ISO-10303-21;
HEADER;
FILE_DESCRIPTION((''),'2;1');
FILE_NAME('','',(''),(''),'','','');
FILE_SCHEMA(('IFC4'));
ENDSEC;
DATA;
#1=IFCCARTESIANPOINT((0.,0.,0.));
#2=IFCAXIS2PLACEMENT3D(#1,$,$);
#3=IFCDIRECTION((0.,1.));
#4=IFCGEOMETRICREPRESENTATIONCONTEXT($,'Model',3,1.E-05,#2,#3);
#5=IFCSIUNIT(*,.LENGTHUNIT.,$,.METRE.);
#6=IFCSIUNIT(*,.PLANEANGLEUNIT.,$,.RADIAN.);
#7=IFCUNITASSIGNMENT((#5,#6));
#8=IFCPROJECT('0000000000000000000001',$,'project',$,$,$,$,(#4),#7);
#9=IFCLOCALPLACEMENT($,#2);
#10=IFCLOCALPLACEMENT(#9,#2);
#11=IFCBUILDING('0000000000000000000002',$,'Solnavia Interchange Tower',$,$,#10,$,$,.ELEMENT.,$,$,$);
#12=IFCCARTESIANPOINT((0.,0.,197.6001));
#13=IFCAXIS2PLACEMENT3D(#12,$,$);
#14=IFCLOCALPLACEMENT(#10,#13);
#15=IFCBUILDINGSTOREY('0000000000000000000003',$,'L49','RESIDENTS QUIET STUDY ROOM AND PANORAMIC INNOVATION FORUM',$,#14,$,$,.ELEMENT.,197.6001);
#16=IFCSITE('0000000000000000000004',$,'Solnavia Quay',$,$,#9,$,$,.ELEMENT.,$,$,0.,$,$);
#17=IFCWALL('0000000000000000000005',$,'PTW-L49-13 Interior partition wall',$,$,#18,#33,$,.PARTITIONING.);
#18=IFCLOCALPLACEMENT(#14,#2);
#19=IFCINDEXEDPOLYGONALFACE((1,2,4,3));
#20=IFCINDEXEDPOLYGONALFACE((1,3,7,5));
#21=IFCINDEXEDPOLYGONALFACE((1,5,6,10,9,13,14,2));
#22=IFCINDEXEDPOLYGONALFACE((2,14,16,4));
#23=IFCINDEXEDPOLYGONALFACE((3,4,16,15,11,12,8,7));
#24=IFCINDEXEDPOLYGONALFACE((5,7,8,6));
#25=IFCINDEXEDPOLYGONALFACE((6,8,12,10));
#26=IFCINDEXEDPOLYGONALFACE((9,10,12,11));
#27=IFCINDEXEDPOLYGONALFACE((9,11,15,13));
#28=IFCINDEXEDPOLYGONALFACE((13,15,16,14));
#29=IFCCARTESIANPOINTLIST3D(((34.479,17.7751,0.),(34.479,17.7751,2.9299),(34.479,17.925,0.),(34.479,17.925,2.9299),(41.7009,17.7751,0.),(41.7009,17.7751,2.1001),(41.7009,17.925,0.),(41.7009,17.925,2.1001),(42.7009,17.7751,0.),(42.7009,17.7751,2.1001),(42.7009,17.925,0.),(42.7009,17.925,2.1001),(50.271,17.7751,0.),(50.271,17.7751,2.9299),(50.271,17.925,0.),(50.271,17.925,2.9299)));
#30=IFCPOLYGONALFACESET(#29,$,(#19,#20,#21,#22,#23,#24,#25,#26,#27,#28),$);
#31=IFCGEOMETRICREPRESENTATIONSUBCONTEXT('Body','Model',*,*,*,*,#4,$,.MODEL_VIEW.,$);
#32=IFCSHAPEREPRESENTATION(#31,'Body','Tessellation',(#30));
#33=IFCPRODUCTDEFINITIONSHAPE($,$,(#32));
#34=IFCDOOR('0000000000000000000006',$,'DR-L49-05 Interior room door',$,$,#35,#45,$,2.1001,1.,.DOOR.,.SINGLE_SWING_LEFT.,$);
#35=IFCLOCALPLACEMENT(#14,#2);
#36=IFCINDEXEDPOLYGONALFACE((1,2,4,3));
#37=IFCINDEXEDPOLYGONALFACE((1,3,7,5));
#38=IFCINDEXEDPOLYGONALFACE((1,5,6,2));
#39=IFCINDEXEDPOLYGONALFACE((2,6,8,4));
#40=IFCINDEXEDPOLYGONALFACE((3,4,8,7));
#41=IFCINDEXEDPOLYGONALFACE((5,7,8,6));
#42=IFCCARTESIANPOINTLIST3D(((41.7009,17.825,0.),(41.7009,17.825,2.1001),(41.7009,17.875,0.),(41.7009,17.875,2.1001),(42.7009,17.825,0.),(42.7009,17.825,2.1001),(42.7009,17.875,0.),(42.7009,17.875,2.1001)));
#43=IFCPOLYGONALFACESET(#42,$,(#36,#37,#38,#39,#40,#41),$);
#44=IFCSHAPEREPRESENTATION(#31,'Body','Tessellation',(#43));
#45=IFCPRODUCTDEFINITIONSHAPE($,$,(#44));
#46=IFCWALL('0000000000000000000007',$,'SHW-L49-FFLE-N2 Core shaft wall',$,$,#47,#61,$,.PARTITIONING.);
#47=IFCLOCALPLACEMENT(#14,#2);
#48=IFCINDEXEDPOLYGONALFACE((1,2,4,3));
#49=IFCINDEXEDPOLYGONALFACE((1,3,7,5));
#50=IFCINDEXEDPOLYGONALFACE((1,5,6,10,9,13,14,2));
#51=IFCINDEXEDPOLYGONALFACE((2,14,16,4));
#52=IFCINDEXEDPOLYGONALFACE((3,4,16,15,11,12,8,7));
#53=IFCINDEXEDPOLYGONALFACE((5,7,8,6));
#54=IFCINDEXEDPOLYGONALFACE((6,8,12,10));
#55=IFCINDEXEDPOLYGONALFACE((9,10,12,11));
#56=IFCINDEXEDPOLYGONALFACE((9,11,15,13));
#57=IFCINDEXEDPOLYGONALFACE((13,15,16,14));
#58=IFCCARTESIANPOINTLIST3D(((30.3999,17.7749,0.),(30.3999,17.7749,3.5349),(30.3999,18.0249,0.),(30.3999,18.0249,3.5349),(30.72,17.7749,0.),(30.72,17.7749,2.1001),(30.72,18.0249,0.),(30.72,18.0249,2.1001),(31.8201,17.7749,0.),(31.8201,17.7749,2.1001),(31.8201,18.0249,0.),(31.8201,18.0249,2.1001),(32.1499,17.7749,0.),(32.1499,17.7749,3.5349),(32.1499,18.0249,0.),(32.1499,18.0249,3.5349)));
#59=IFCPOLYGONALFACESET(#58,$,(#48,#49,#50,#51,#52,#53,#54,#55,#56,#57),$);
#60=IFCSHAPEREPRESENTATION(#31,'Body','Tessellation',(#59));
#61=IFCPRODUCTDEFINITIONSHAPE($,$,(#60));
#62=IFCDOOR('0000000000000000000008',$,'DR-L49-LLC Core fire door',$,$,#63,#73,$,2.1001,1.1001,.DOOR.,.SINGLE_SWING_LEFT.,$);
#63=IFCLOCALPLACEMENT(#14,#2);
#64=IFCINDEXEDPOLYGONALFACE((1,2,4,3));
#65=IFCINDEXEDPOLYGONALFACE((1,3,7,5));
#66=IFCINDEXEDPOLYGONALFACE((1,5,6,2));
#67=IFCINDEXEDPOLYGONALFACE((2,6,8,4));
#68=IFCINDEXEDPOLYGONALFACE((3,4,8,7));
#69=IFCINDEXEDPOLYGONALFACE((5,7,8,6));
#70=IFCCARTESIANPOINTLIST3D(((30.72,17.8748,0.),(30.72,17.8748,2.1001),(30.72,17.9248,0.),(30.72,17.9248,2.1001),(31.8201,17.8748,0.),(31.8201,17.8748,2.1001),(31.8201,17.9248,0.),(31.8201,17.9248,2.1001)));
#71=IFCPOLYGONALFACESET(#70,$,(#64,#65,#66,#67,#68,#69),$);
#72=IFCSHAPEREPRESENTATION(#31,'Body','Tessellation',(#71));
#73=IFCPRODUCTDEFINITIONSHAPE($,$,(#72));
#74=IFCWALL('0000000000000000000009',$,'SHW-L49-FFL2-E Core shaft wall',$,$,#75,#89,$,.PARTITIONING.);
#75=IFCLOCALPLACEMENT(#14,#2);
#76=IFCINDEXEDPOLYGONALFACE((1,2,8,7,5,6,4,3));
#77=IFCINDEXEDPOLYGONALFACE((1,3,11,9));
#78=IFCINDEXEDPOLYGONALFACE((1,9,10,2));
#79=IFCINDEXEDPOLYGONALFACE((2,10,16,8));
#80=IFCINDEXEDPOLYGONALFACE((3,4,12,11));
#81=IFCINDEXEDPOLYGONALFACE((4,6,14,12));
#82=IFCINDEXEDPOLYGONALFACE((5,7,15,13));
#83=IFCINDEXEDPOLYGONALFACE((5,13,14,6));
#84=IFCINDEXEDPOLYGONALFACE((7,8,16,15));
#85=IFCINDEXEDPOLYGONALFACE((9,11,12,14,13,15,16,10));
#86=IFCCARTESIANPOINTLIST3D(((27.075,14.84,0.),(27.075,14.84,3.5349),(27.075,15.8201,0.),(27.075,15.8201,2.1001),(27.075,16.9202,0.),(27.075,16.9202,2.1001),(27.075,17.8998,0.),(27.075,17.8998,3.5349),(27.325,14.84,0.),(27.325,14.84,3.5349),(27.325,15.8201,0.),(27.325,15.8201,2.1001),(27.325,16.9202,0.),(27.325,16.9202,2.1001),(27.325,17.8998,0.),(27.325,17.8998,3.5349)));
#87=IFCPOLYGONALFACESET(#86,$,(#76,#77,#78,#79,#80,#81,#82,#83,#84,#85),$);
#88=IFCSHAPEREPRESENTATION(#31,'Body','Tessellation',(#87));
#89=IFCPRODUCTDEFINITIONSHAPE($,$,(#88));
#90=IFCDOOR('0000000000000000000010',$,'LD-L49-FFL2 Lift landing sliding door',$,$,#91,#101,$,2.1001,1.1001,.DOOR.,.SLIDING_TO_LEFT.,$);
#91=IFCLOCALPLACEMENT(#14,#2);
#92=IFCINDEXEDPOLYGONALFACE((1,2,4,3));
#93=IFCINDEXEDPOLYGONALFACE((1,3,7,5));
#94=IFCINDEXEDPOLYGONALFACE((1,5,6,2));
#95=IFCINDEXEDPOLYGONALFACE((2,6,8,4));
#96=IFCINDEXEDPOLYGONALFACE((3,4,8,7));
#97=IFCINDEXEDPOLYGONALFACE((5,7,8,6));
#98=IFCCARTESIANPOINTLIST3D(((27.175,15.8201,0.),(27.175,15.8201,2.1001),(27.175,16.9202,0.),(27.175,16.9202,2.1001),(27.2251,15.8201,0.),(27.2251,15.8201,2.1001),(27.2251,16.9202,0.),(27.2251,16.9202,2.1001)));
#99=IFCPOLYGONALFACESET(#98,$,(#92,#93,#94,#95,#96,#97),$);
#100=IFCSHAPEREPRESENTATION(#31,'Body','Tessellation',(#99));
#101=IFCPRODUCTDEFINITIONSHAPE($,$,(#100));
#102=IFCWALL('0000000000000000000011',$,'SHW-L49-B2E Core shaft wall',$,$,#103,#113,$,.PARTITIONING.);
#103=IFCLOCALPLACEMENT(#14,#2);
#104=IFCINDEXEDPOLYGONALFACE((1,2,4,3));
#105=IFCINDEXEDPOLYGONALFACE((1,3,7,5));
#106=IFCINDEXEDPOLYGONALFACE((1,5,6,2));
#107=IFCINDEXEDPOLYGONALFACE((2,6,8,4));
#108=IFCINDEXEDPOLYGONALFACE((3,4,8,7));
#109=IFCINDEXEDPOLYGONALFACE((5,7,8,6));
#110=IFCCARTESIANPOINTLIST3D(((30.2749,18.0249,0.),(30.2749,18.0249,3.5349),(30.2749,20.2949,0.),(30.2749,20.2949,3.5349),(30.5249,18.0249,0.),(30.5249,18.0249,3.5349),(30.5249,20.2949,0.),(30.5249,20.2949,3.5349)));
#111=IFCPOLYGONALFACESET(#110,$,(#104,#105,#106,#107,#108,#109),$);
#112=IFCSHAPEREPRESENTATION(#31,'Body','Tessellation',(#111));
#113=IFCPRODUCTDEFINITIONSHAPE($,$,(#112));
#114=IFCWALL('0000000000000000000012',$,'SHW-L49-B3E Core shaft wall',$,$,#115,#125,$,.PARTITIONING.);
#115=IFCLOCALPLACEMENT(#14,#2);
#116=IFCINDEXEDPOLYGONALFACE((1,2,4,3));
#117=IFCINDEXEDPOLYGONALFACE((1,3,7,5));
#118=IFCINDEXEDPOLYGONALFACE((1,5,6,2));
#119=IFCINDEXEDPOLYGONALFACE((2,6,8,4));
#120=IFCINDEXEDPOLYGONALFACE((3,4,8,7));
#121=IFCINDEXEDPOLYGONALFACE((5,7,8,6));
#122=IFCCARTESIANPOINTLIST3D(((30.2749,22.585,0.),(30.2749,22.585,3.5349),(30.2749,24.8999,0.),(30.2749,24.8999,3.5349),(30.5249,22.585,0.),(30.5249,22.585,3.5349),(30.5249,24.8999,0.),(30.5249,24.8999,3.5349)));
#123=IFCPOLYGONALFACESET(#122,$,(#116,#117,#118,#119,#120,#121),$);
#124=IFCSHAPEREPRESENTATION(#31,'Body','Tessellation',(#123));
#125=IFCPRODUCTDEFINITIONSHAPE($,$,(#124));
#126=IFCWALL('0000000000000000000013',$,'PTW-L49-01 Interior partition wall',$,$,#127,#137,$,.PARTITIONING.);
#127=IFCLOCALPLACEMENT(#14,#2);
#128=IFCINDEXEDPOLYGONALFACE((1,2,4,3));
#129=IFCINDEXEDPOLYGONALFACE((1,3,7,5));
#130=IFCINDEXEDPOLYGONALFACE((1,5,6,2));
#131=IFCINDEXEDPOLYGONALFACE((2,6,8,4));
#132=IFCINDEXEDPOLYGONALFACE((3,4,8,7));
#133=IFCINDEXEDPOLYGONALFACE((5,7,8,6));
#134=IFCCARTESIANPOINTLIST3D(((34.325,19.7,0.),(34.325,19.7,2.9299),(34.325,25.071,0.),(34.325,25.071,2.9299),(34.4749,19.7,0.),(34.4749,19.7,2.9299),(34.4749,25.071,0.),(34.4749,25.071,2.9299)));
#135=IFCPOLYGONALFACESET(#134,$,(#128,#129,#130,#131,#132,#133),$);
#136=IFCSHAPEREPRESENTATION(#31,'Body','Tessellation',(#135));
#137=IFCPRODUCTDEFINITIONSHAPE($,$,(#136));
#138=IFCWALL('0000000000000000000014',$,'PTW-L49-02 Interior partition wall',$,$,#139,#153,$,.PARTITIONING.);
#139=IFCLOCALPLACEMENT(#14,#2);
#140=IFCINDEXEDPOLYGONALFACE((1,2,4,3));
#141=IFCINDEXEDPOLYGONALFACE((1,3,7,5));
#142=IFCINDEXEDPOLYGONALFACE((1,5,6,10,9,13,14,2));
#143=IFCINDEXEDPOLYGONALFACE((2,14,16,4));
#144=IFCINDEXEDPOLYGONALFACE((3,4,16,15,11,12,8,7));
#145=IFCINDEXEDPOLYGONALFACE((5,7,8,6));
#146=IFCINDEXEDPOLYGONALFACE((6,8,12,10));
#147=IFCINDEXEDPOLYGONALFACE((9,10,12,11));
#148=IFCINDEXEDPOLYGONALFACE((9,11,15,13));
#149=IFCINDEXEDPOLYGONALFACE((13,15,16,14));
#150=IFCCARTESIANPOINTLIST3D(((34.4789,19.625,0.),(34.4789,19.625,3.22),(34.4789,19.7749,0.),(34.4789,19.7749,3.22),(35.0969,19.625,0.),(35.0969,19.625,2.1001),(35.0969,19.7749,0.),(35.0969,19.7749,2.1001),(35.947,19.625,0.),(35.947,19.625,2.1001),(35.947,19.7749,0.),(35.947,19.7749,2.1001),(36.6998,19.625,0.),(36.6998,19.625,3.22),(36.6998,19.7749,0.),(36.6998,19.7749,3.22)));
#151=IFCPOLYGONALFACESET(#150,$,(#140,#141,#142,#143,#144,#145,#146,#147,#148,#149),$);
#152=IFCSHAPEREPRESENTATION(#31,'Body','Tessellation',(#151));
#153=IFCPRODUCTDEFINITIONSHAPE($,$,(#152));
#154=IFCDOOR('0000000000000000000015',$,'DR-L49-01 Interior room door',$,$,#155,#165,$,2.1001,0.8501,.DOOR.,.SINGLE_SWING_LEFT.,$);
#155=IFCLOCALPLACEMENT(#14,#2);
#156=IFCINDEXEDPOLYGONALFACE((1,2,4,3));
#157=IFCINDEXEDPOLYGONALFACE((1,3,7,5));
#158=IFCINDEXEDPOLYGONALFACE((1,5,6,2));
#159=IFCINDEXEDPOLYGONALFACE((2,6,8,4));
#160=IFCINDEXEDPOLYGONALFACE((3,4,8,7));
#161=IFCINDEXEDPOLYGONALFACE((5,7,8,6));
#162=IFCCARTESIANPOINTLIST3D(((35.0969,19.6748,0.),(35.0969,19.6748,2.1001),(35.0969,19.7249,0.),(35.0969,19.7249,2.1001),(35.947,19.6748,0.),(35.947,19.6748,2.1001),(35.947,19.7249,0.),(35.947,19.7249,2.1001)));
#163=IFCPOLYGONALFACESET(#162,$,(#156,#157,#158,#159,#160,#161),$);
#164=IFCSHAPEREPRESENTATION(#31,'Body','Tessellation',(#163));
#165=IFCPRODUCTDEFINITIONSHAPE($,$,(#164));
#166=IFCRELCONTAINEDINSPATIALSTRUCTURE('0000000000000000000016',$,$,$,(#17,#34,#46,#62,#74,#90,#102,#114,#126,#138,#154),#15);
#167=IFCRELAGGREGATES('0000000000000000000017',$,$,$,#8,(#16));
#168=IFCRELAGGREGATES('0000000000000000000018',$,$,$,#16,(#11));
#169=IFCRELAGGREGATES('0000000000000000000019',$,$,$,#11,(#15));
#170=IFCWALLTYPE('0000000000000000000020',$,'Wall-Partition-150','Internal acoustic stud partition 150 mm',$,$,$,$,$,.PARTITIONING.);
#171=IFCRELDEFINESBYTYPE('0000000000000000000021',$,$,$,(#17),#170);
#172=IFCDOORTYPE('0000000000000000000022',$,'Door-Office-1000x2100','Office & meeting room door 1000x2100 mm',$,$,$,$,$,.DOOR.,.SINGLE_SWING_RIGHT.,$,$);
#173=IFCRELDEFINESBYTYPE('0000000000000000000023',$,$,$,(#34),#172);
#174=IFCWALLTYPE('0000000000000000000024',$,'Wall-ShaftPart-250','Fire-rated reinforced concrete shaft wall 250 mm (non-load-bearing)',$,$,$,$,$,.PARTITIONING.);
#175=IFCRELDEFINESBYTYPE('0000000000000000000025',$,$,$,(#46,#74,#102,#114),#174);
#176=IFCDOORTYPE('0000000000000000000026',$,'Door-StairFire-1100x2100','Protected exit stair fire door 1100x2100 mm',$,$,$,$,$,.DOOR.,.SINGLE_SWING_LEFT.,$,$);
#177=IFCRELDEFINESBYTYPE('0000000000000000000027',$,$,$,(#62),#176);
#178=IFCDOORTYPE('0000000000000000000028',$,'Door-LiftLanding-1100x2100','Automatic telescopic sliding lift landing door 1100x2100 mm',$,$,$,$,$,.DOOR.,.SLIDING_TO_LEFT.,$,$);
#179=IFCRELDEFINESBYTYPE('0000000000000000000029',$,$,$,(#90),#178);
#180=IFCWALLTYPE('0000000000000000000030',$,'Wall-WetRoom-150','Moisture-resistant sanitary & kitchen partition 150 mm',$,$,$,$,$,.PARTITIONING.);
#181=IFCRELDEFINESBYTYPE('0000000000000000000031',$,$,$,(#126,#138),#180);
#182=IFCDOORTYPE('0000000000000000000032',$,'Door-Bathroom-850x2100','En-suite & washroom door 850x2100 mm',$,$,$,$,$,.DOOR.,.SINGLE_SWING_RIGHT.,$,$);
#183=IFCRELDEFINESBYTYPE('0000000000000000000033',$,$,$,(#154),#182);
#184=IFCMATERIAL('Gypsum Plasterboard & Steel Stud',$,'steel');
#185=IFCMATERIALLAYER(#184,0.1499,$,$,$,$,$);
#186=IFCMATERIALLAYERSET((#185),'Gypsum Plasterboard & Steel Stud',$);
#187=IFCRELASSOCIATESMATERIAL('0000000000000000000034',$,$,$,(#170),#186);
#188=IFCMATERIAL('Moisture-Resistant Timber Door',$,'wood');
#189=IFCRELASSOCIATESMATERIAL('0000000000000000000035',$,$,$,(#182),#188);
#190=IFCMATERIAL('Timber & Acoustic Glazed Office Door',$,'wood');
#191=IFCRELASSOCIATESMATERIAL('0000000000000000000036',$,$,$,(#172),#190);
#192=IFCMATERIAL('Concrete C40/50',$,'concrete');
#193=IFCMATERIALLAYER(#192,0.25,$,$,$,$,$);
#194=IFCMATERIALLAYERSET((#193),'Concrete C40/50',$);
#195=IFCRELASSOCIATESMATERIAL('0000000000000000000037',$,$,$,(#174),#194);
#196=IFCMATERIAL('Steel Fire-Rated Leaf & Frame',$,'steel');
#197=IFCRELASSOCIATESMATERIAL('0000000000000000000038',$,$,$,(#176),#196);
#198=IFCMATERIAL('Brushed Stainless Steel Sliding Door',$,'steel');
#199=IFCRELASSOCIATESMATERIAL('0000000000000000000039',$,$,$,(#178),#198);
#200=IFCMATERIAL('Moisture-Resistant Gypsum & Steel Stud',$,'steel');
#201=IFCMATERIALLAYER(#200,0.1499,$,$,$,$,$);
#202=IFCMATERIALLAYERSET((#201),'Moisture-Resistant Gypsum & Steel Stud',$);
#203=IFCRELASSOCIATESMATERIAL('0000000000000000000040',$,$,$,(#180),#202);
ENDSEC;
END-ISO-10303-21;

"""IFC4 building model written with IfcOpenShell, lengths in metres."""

from ifc_helpers import new_model, si_unit, direction, frame, frame_2d, origin, place, context, subcontext, project, spatial, rectangle, extrude, material, layer, layer_set, type_object, element, fill, save


model = new_model("IFC4")

# Units and contexts
model_context = context("Model", 3, precision=1e-05, world=origin(), true_north=direction((0.0, 1.0)))
body_context = subcontext(model_context, "Body", "Model", "MODEL_VIEW")
ifc_project = project(units=[si_unit("LENGTHUNIT", "METRE"), si_unit("PLANEANGLEUNIT", "RADIAN")], contexts=[model_context])

# Site, building, storey
site_placement = place(None, origin())
site = spatial("IfcSite", under=ifc_project, at=site_placement, Name="Solnavia Quay", CompositionType="ELEMENT", RefElevation=0.0)
building_placement = place(site_placement, origin())
building = spatial("IfcBuilding", under=site, at=building_placement, Name="Solnavia Interchange Tower", CompositionType="ELEMENT")
storey_placement = place(building_placement, frame((0.0, 0.0, 197.6001)))
storey = spatial("IfcBuildingStorey", under=building, at=storey_placement, Name="L49", Description="RESIDENTS QUIET STUDY ROOM AND PANORAMIC INNOVATION FORUM", CompositionType="ELEMENT", Elevation=197.6001)

# Shared definitions
ifc_material_1 = material(Name="Concrete C40/50", Category="concrete")

# Walls, openings, doors
ifc_material_2 = material(Name="Gypsum Plasterboard & Steel Stud", Category="steel")
ifc_layer_1 = layer(ifc_material_2, 0.1499)
ifc_layer_set_1 = layer_set([ifc_layer_1], Name="Gypsum Plasterboard & Steel Stud")
wall_type_1 = type_object("IfcWallType", Name="Wall-Partition-150", Description="Internal acoustic stud partition 150 mm", PredefinedType="PARTITIONING", material=ifc_layer_set_1)
ifc_material_3 = material(Name="Moisture-Resistant Timber Door", Category="wood")
door_type_1 = type_object("IfcDoorType", Name="Door-Bathroom-850x2100", Description="En-suite & washroom door 850x2100 mm", OperationType="SINGLE_SWING_RIGHT", PredefinedType="DOOR", material=ifc_material_3)
wall_1_placement = place(storey_placement, frame((34.479, 17.8501, 0.0), z_axis=(0.0, 0.0, 1.0), x_axis=(1.0, 0.0, 0.0)))
wall_1 = element("IfcWall", 1, at=wall_1_placement, inside=storey, type_object=wall_type_1, Name="PTW-L49-13 Interior partition wall", PredefinedType="PARTITIONING", context=body_context, shape_type="SweptSolid", body=[
    extrude(rectangle(XDim=15.792, YDim=0.1499, at=frame_2d((7.896, 0.0))), origin(), (0.0, 0.0, 1.0), 2.9299),
])
opening_1_placement = place(wall_1_placement, frame((7.2219, 0.0, 0.0)))
opening_1 = element("IfcOpeningElement", 2, at=opening_1_placement, cuts=wall_1, PredefinedType="OPENING", context=body_context, shape_type="SweptSolid", body=[
    extrude(rectangle(XDim=1.0, YDim=2.1001, at=frame_2d((0.5, 1.05))), frame((0.0, 0.085, 0.0), z_axis=(0.0, -1.0, 0.0), x_axis=(1.0, 0.0, 0.0)), (0.0, 0.0, 1.0), 0.1699),
])
ifc_material_4 = material(Name="Timber & Acoustic Glazed Office Door", Category="wood")
door_type_2 = type_object("IfcDoorType", Name="Door-Office-1000x2100", Description="Office & meeting room door 1000x2100 mm", OperationType="SINGLE_SWING_RIGHT", PredefinedType="DOOR", material=ifc_material_4)
door_1_placement = place(opening_1_placement, origin())
door_1 = element("IfcDoor", 3, at=door_1_placement, inside=storey, type_object=door_type_2, Name="DR-L49-05 Interior room door", OperationType="SINGLE_SWING_LEFT", OverallHeight=2.1001, OverallWidth=1.0, PredefinedType="DOOR", context=body_context, shape_type="SweptSolid", body=[
    extrude(rectangle(XDim=1.0, YDim=2.1001, at=frame_2d((0.5, 1.05))), frame((0.0, 0.0249, 0.0), z_axis=(0.0, -1.0, 0.0), x_axis=(1.0, 0.0, 0.0)), (0.0, 0.0, 1.0), 0.05),
])
fill(opening_1, door_1)
ifc_layer_2 = layer(ifc_material_1, 0.25)
ifc_layer_set_2 = layer_set([ifc_layer_2], Name="Concrete C40/50")
wall_type_2 = type_object("IfcWallType", Name="Wall-ShaftPart-250", Description="Fire-rated reinforced concrete shaft wall 250 mm (non-load-bearing)", PredefinedType="PARTITIONING", material=ifc_layer_set_2)
wall_2_placement = place(storey_placement, frame((30.3999, 17.8999, 0.0), z_axis=(0.0, 0.0, 1.0), x_axis=(1.0, 0.0, 0.0)))
wall_2 = element("IfcWall", 4, at=wall_2_placement, inside=storey, type_object=wall_type_2, Name="SHW-L49-FFLE-N2 Core shaft wall", PredefinedType="PARTITIONING", context=body_context, shape_type="SweptSolid", body=[
    extrude(rectangle(XDim=1.75, YDim=0.25, at=frame_2d((0.875, 0.0))), origin(), (0.0, 0.0, 1.0), 3.5349),
])
opening_2_placement = place(wall_2_placement, frame((0.3201, 0.0, 0.0)))
opening_2 = element("IfcOpeningElement", 5, at=opening_2_placement, cuts=wall_2, PredefinedType="OPENING", context=body_context, shape_type="SweptSolid", body=[
    extrude(rectangle(XDim=1.1001, YDim=2.1001, at=frame_2d((0.55, 1.05))), frame((0.0, 0.135, 0.0), z_axis=(0.0, -1.0, 0.0), x_axis=(1.0, 0.0, 0.0)), (0.0, 0.0, 1.0), 0.27),
])
ifc_material_5 = material(Name="Steel Fire-Rated Leaf & Frame", Category="steel")
door_type_3 = type_object("IfcDoorType", Name="Door-StairFire-1100x2100", Description="Protected exit stair fire door 1100x2100 mm", OperationType="SINGLE_SWING_LEFT", PredefinedType="DOOR", material=ifc_material_5)
door_2_placement = place(opening_2_placement, origin())
door_2 = element("IfcDoor", 6, at=door_2_placement, inside=storey, type_object=door_type_3, Name="DR-L49-LLC Core fire door", OperationType="SINGLE_SWING_LEFT", OverallHeight=2.1001, OverallWidth=1.1001, PredefinedType="DOOR", context=body_context, shape_type="SweptSolid", body=[
    extrude(rectangle(XDim=1.1001, YDim=2.1001, at=frame_2d((0.55, 1.05))), frame((0.0, 0.0249, 0.0), z_axis=(0.0, -1.0, 0.0), x_axis=(1.0, 0.0, 0.0)), (0.0, 0.0, 1.0), 0.05),
])
fill(opening_2, door_2)
wall_3_placement = place(storey_placement, frame((27.2, 14.8401, 0.0), z_axis=(0.0, 0.0, 1.0), x_axis=(0.0, 1.0, 0.0)))
wall_3 = element("IfcWall", 7, at=wall_3_placement, inside=storey, type_object=wall_type_2, Name="SHW-L49-FFL2-E Core shaft wall", PredefinedType="PARTITIONING", context=body_context, shape_type="SweptSolid", body=[
    extrude(rectangle(XDim=3.0598, YDim=0.25, at=frame_2d((1.5298, 0.0))), origin(), (0.0, 0.0, 1.0), 3.5349),
])
opening_3_placement = place(wall_3_placement, frame((0.98, 0.0, 0.0)))
opening_3 = element("IfcOpeningElement", 8, at=opening_3_placement, cuts=wall_3, PredefinedType="OPENING", context=body_context, shape_type="SweptSolid", body=[
    extrude(rectangle(XDim=1.1001, YDim=2.1001, at=frame_2d((0.55, 1.05))), frame((0.0, 0.135, 0.0), z_axis=(0.0, -1.0, 0.0), x_axis=(1.0, 0.0, 0.0)), (0.0, 0.0, 1.0), 0.27),
])
ifc_material_6 = material(Name="Brushed Stainless Steel Sliding Door", Category="steel")
door_type_4 = type_object("IfcDoorType", Name="Door-LiftLanding-1100x2100", Description="Automatic telescopic sliding lift landing door 1100x2100 mm", OperationType="SLIDING_TO_LEFT", PredefinedType="DOOR", material=ifc_material_6)
door_3_placement = place(opening_3_placement, origin())
door_3 = element("IfcDoor", 9, at=door_3_placement, inside=storey, type_object=door_type_4, Name="LD-L49-FFL2 Lift landing sliding door", OperationType="SLIDING_TO_LEFT", OverallHeight=2.1001, OverallWidth=1.1001, PredefinedType="DOOR", context=body_context, shape_type="SweptSolid", body=[
    extrude(rectangle(XDim=1.1001, YDim=2.1001, at=frame_2d((0.55, 1.05))), frame((0.0, 0.0249, 0.0), z_axis=(0.0, -1.0, 0.0), x_axis=(1.0, 0.0, 0.0)), (0.0, 0.0, 1.0), 0.05),
])
fill(opening_3, door_3)

# Walls
wall_4_placement = place(storey_placement, frame((30.3999, 18.0249, 0.0), z_axis=(0.0, 0.0, 1.0), x_axis=(0.0, 1.0, 0.0)))
element("IfcWall", 10, at=wall_4_placement, inside=storey, type_object=wall_type_2, Name="SHW-L49-B2E Core shaft wall", PredefinedType="PARTITIONING", context=body_context, shape_type="SweptSolid", body=[
    extrude(rectangle(XDim=2.27, YDim=0.25, at=frame_2d((1.135, 0.0))), origin(), (0.0, 0.0, 1.0), 3.5349),
])
wall_5_placement = place(storey_placement, frame((30.3999, 22.585, 0.0), z_axis=(0.0, 0.0, 1.0), x_axis=(0.0, 1.0, 0.0)))
element("IfcWall", 11, at=wall_5_placement, inside=storey, type_object=wall_type_2, Name="SHW-L49-B3E Core shaft wall", PredefinedType="PARTITIONING", context=body_context, shape_type="SweptSolid", body=[
    extrude(rectangle(XDim=2.3149, YDim=0.25, at=frame_2d((1.1575, 0.0))), origin(), (0.0, 0.0, 1.0), 3.5349),
])
ifc_material_7 = material(Name="Moisture-Resistant Gypsum & Steel Stud", Category="steel")
ifc_layer_3 = layer(ifc_material_7, 0.1499)
ifc_layer_set_3 = layer_set([ifc_layer_3], Name="Moisture-Resistant Gypsum & Steel Stud")
wall_type_3 = type_object("IfcWallType", Name="Wall-WetRoom-150", Description="Moisture-resistant sanitary & kitchen partition 150 mm", PredefinedType="PARTITIONING", material=ifc_layer_set_3)
wall_6_placement = place(storey_placement, frame((34.3999, 19.7, 0.0), z_axis=(0.0, 0.0, 1.0), x_axis=(0.0, 1.0, 0.0)))
element("IfcWall", 12, at=wall_6_placement, inside=storey, type_object=wall_type_3, Name="PTW-L49-01 Interior partition wall", PredefinedType="PARTITIONING", context=body_context, shape_type="SweptSolid", body=[
    extrude(rectangle(XDim=5.3711, YDim=0.1499, at=frame_2d((2.6855, 0.0))), origin(), (0.0, 0.0, 1.0), 2.9299),
])

# Wall, opening, door
wall_7_placement = place(storey_placement, frame((34.479, 19.7, 0.0), z_axis=(0.0, 0.0, 1.0), x_axis=(1.0, 0.0, 0.0)))
wall_7 = element("IfcWall", 13, at=wall_7_placement, inside=storey, type_object=wall_type_3, Name="PTW-L49-02 Interior partition wall", PredefinedType="PARTITIONING", context=body_context, shape_type="SweptSolid", body=[
    extrude(rectangle(XDim=2.2209, YDim=0.1499, at=frame_2d((1.1104, 0.0))), origin(), (0.0, 0.0, 1.0), 3.22),
])
opening_4_placement = place(wall_7_placement, frame((0.6179, 0.0, 0.0)))
opening_4 = element("IfcOpeningElement", 14, at=opening_4_placement, cuts=wall_7, PredefinedType="OPENING", context=body_context, shape_type="SweptSolid", body=[
    extrude(rectangle(XDim=0.8501, YDim=2.1001, at=frame_2d((0.425, 1.05))), frame((0.0, 0.085, 0.0), z_axis=(0.0, -1.0, 0.0), x_axis=(1.0, 0.0, 0.0)), (0.0, 0.0, 1.0), 0.1699),
])
door_4_placement = place(opening_4_placement, origin())
door_4 = element("IfcDoor", 15, at=door_4_placement, inside=storey, type_object=door_type_1, Name="DR-L49-01 Interior room door", OperationType="SINGLE_SWING_LEFT", OverallHeight=2.1001, OverallWidth=0.8501, PredefinedType="DOOR", context=body_context, shape_type="SweptSolid", body=[
    extrude(rectangle(XDim=0.8501, YDim=2.1001, at=frame_2d((0.425, 1.05))), frame((0.0, 0.0249, 0.0), z_axis=(0.0, -1.0, 0.0), x_axis=(1.0, 0.0, 0.0)), (0.0, 0.0, 1.0), 0.05),
])
fill(opening_4, door_4)

save(model, "model.ifc")
